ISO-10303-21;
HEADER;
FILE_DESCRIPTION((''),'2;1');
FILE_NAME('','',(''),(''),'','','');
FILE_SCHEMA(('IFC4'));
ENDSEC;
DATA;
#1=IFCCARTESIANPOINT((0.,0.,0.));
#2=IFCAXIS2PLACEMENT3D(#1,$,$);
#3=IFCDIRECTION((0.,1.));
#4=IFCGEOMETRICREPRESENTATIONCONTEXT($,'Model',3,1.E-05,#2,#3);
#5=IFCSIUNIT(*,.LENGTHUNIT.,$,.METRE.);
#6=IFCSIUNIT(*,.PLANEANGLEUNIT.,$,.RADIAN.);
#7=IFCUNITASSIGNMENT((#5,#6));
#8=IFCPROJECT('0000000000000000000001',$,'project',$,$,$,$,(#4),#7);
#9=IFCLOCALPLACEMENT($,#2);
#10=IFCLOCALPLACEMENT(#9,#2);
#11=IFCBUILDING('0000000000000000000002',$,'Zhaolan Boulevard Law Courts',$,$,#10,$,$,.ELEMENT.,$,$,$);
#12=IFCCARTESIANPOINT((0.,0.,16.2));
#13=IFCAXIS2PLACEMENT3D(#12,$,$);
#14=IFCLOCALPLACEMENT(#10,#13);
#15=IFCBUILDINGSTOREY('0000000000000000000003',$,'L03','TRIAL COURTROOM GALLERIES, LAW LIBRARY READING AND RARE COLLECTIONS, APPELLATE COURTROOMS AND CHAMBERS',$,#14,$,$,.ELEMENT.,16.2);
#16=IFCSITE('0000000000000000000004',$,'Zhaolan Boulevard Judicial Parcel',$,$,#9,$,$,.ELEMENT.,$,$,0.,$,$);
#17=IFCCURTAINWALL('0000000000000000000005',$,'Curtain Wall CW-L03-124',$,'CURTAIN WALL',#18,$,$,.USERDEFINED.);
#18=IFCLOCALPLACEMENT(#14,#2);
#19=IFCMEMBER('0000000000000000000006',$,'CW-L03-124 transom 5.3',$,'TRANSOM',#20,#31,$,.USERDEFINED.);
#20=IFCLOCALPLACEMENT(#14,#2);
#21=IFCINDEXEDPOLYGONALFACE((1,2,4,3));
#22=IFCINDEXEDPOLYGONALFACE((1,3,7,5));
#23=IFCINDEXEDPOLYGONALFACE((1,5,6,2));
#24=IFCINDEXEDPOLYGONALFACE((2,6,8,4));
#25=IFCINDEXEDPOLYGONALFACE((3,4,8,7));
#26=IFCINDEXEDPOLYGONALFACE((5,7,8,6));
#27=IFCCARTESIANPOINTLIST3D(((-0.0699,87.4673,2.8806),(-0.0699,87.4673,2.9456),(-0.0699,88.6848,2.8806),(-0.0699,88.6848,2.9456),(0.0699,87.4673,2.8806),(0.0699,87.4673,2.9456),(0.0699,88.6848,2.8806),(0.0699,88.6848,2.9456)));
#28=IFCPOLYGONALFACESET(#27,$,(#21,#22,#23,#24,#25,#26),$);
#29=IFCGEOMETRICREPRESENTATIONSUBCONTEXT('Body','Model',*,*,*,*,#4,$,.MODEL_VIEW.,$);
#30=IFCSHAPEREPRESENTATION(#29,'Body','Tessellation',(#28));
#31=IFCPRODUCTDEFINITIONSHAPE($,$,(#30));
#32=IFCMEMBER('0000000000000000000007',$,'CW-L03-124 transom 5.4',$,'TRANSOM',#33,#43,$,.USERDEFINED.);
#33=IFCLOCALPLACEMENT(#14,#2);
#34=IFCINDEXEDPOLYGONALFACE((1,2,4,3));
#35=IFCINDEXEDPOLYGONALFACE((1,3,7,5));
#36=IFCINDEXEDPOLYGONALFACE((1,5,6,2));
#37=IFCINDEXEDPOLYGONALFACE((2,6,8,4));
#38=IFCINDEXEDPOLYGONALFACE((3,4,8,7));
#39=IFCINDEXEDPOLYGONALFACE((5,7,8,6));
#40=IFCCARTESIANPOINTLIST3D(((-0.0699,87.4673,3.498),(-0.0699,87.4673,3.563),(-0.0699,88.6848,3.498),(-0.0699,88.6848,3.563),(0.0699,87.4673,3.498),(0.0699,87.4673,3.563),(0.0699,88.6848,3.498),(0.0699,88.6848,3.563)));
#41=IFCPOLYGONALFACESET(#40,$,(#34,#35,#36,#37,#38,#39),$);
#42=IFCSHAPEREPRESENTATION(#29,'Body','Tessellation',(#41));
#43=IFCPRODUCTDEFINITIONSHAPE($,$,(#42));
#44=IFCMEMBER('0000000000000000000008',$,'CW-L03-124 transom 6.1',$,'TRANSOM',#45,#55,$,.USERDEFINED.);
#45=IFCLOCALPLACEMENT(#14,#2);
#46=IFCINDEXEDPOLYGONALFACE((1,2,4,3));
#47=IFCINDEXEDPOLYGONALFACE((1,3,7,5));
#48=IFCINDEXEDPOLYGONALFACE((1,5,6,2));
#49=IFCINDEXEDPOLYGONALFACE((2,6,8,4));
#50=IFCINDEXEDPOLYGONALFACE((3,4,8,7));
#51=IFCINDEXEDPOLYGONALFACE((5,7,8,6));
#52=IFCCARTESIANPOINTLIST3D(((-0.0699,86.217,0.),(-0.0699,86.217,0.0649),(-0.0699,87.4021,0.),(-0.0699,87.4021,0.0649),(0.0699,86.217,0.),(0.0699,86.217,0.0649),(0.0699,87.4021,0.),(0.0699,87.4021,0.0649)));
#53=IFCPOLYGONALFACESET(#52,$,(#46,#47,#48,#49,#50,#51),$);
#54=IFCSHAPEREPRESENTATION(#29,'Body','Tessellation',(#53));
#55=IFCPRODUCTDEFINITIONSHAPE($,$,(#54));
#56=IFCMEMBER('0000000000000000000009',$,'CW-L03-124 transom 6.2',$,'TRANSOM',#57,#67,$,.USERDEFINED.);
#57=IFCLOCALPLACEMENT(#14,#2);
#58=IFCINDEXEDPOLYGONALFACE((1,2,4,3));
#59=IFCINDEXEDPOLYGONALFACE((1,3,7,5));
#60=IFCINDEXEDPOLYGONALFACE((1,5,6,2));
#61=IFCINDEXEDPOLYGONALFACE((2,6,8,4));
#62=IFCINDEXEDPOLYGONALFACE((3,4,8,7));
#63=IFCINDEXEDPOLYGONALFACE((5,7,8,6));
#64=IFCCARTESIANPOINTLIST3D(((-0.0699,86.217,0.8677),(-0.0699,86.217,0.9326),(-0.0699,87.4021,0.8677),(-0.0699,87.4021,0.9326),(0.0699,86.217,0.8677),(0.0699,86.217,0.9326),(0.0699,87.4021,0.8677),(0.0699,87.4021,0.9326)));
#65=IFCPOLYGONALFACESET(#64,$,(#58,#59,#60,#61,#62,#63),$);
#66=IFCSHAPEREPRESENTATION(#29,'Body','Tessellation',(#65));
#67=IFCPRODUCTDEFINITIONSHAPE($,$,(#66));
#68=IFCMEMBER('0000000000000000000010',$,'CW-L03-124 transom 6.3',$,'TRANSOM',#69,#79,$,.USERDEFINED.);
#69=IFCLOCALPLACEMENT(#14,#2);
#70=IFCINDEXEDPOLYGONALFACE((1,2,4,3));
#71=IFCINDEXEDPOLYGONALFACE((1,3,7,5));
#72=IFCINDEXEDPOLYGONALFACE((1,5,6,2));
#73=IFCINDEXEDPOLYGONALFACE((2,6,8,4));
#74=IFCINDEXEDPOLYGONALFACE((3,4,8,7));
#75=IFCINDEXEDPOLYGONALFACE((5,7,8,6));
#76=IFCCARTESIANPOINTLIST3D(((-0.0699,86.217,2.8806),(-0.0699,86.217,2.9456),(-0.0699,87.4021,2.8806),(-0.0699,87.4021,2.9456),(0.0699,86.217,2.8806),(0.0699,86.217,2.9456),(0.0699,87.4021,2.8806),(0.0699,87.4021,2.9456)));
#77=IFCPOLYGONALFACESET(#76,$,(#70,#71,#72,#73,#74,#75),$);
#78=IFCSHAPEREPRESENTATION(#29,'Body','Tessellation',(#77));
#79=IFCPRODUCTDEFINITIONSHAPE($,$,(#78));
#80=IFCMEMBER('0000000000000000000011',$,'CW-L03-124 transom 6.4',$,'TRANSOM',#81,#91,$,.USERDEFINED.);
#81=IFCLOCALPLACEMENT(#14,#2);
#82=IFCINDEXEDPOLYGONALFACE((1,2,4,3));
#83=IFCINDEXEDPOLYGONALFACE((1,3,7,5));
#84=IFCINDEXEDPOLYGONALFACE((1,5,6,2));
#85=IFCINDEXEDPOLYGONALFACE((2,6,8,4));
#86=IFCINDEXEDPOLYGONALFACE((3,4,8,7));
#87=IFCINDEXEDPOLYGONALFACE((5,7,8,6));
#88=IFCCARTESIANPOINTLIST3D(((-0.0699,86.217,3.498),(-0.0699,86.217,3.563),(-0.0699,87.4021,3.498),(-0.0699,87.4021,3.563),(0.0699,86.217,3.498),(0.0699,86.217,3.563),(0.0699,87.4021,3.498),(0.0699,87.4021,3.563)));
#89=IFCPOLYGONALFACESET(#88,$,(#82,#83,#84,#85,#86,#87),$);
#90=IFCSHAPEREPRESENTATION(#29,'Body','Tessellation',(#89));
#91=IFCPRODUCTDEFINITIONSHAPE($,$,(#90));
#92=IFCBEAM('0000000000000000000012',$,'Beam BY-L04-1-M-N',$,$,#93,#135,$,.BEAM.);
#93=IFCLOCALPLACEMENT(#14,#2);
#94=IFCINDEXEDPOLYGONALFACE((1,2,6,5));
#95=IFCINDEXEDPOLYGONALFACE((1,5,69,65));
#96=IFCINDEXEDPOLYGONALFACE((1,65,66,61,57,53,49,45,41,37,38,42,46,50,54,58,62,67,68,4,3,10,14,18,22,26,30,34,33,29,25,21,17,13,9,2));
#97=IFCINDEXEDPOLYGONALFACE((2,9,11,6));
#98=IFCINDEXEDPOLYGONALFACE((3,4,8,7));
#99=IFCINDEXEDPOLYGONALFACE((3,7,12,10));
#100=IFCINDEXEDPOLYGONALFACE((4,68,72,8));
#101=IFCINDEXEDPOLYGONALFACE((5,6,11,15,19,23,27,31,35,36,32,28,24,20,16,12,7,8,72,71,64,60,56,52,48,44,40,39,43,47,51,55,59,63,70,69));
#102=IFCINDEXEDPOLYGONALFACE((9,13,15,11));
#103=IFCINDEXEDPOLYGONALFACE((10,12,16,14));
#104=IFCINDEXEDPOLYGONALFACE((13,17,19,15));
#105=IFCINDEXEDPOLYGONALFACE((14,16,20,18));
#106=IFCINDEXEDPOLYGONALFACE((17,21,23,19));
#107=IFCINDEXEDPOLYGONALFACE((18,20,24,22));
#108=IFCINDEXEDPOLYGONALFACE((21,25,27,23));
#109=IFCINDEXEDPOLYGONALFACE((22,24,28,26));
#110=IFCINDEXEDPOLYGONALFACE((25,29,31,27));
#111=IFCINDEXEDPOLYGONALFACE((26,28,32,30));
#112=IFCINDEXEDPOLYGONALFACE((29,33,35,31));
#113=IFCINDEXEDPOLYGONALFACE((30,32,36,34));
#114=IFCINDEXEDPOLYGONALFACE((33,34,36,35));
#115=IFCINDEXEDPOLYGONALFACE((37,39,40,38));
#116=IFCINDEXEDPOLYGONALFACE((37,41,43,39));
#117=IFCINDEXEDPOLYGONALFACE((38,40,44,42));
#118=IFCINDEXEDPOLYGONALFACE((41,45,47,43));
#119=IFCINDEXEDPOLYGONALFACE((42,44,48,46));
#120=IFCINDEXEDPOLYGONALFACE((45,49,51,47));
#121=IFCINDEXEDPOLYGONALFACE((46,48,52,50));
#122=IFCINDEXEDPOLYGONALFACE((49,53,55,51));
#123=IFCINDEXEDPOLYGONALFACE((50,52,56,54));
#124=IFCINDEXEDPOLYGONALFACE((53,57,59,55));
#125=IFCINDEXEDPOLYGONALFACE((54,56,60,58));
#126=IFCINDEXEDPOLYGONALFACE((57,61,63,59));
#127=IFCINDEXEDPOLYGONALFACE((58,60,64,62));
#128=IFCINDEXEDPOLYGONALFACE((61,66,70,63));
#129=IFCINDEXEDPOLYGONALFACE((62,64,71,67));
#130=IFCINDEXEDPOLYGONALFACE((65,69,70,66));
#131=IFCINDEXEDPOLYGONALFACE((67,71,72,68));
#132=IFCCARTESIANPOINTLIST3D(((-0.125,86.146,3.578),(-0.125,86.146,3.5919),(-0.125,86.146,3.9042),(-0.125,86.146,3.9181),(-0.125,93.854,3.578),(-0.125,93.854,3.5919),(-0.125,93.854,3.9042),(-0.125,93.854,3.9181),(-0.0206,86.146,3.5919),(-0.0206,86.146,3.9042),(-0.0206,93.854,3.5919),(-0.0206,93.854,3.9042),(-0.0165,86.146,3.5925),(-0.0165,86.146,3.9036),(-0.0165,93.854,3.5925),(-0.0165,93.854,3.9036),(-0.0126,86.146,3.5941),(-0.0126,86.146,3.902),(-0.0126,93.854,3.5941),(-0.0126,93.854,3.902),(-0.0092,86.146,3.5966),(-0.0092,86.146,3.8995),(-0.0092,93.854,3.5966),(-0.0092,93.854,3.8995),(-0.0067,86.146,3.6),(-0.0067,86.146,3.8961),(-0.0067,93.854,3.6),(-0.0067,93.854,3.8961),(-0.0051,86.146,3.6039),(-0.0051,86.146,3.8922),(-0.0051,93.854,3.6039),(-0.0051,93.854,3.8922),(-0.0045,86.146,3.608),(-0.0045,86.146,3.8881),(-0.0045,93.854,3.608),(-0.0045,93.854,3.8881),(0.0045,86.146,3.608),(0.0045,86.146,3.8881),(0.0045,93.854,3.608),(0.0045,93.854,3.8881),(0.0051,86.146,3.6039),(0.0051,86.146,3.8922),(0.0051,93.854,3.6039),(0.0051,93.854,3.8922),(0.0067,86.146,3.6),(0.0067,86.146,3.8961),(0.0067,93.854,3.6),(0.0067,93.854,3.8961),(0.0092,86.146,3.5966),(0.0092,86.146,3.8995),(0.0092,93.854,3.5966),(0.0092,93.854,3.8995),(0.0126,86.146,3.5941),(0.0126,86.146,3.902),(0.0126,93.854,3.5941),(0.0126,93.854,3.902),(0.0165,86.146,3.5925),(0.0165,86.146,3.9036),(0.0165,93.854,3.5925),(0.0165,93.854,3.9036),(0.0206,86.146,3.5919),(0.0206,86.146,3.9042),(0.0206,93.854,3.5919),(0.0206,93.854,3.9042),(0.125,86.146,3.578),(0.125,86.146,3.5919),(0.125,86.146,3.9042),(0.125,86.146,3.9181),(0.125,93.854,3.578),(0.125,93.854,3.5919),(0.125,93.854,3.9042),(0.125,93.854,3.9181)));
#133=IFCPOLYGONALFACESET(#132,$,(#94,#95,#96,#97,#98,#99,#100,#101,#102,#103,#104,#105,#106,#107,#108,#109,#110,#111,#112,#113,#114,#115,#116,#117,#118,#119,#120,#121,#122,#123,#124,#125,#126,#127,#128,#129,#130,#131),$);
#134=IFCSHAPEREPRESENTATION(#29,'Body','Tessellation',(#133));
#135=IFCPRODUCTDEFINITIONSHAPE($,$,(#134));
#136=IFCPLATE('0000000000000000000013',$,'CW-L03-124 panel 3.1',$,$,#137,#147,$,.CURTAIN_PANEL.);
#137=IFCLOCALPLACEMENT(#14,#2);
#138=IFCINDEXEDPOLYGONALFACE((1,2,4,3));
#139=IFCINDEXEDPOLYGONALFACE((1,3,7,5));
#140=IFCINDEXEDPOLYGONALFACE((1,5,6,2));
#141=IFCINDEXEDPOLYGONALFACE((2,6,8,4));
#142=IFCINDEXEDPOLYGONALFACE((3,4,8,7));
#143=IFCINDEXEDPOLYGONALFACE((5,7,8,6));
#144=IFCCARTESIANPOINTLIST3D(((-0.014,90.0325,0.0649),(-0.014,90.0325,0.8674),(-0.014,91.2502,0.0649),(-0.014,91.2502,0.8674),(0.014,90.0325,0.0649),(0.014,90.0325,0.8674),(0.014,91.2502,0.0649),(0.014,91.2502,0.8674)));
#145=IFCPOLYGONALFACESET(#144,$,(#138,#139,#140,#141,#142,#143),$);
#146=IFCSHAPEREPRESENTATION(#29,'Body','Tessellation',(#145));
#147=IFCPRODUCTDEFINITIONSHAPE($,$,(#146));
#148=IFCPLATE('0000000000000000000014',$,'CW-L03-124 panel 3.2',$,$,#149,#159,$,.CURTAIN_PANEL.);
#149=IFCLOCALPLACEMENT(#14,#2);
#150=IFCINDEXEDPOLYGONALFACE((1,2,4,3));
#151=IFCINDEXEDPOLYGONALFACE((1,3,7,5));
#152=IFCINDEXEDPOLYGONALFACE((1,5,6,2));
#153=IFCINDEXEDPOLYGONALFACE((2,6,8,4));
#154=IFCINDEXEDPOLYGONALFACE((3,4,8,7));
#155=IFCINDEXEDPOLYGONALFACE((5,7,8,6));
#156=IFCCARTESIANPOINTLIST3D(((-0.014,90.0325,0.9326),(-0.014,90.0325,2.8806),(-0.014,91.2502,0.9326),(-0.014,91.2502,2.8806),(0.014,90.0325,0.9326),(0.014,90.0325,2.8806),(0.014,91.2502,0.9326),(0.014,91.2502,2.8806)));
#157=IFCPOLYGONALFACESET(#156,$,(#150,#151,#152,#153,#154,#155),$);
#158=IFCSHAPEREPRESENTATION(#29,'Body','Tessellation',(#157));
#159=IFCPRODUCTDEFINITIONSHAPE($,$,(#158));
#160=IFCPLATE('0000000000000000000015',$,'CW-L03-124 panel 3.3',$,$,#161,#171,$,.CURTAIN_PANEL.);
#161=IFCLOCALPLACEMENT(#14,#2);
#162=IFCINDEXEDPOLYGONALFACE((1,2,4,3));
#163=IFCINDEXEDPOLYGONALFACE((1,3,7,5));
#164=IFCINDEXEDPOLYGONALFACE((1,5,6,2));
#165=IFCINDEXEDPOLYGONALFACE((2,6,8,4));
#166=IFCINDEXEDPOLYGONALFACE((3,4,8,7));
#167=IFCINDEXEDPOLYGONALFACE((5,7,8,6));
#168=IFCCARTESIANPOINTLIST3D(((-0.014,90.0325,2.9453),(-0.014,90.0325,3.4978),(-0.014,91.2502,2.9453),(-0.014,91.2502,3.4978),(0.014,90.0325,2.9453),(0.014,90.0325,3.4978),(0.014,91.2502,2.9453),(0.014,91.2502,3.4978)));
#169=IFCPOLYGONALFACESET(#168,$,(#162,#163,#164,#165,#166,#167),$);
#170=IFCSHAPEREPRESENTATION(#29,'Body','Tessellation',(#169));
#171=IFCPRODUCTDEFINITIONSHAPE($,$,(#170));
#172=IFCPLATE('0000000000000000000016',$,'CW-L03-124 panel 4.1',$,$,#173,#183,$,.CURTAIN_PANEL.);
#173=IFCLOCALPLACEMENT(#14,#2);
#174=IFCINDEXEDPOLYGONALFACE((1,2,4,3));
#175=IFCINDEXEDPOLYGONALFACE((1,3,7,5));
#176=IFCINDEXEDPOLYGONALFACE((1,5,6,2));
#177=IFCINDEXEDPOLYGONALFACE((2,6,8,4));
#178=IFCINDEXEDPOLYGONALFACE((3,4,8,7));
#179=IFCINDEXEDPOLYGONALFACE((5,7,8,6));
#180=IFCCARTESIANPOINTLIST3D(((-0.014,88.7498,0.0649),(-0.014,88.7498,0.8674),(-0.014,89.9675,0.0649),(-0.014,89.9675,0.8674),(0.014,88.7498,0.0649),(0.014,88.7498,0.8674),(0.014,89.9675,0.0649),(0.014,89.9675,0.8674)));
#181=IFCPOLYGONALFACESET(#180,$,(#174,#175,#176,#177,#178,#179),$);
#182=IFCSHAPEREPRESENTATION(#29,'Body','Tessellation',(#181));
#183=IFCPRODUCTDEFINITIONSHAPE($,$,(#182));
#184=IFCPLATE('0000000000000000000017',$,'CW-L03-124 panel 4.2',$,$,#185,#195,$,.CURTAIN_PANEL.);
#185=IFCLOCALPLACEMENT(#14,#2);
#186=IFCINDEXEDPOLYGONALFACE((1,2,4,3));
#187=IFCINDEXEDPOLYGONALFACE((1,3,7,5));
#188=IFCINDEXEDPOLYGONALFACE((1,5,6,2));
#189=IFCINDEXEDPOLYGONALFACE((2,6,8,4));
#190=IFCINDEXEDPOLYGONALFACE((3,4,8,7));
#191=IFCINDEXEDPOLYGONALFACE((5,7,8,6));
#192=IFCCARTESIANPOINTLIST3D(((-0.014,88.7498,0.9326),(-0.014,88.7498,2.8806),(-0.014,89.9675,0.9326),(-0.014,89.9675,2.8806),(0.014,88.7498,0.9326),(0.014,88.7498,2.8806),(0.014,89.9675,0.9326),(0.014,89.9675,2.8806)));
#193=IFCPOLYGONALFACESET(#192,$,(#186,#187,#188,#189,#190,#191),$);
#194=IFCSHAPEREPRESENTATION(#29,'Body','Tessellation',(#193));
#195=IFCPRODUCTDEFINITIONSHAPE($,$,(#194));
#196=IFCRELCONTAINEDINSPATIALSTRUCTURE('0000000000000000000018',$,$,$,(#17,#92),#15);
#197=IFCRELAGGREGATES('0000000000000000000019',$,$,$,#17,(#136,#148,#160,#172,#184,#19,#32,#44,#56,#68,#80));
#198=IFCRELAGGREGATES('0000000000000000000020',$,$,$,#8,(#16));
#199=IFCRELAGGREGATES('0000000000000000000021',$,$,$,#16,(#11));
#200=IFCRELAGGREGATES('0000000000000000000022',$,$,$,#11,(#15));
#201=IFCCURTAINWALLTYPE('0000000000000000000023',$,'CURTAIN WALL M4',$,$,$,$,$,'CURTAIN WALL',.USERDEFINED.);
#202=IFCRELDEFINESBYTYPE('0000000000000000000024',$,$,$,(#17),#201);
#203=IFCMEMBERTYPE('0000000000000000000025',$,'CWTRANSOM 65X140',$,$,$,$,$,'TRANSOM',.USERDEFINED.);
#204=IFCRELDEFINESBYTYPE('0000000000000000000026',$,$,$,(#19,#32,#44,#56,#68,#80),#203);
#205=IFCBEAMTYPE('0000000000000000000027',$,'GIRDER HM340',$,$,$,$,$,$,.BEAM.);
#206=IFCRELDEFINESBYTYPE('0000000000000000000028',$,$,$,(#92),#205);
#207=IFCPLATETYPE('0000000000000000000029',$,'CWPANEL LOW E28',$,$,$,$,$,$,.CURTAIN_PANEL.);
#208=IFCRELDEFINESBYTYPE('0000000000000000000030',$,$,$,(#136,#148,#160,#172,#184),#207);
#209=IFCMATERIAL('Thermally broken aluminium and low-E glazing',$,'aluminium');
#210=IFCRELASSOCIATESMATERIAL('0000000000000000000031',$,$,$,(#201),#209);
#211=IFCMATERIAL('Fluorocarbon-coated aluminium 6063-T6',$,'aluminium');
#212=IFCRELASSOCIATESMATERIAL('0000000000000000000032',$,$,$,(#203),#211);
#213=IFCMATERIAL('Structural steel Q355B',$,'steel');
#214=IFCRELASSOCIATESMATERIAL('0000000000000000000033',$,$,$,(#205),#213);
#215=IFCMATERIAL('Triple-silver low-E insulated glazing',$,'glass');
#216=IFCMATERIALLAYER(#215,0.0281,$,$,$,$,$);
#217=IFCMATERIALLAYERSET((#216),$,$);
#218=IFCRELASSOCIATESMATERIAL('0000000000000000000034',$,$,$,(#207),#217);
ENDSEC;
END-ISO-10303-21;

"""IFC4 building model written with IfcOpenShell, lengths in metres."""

from ifc_helpers import new_model, si_unit, direction, frame, origin, origin_2d, place, context, subcontext, project, spatial, rectangle, i_section, extrude, material, layer, layer_set, material_profile, profile_set, type_object, element, aggregate, save


model = new_model("IFC4")

# Units and contexts
model_context = context("Model", 3, precision=1e-05, world=origin(), true_north=direction((0.0, 1.0)))
body_context = subcontext(model_context, "Body", "Model", "MODEL_VIEW")
ifc_project = project(units=[si_unit("LENGTHUNIT", "METRE"), si_unit("PLANEANGLEUNIT", "RADIAN")], contexts=[model_context])

# Site, building, storey
site_placement = place(None, origin())
site = spatial("IfcSite", under=ifc_project, at=site_placement, Name="Zhaolan Boulevard Judicial Parcel", CompositionType="ELEMENT", RefElevation=0.0)
building_placement = place(site_placement, origin())
building = spatial("IfcBuilding", under=site, at=building_placement, Name="Zhaolan Boulevard Law Courts", CompositionType="ELEMENT")
storey_placement = place(building_placement, frame((0.0, 0.0, 16.2)))
storey = spatial("IfcBuildingStorey", under=building, at=storey_placement, Name="L03", Description="TRIAL COURTROOM GALLERIES, LAW LIBRARY READING AND RARE COLLECTIONS, APPELLATE COURTROOMS AND CHAMBERS", CompositionType="ELEMENT", Elevation=16.2)

# Curtain wall, members
ifc_material_1 = material(Name="Thermally broken aluminium and low-E glazing", Category="aluminium")
curtain_wall_type = type_object("IfcCurtainWallType", Name="CURTAIN WALL M4", ElementType="CURTAIN WALL", PredefinedType="USERDEFINED", material=ifc_material_1)
curtain_wall_placement = place(storey_placement, origin())
curtain_wall = element("IfcCurtainWall", 1, at=curtain_wall_placement, inside=storey, type_object=curtain_wall_type, Name="Curtain Wall CW-L03-124", ObjectType="CURTAIN WALL", PredefinedType="USERDEFINED")
ifc_material_2 = material(Name="Fluorocarbon-coated aluminium 6063-T6", Category="aluminium")
ifc_material_profile_1 = material_profile(ifc_material_2, rectangle(XDim=0.1399, YDim=0.0649, at=origin_2d()), Name="AL65x140")
ifc_profile_set_1 = profile_set([ifc_material_profile_1], Name="Fluorocarbon-coated aluminium 6063-T6")
member_type_1 = type_object("IfcMemberType", Name="CWTRANSOM 65X140", ElementType="TRANSOM", PredefinedType="USERDEFINED", material=ifc_profile_set_1)
member_1_placement = place(storey_placement, frame((0.0, 88.6848, 2.9131), z_axis=(0.0, -1.0, 0.0), x_axis=(1.0, 0.0, 0.0)))
member_1 = element("IfcMember", 2, at=member_1_placement, type_object=member_type_1, Name="CW-L03-124 transom 5.3", ObjectType="TRANSOM", PredefinedType="USERDEFINED", context=body_context, shape_type="SweptSolid", body=[
    extrude(rectangle(XDim=0.1399, YDim=0.0649, at=origin_2d()), origin(), (0.0, 0.0, 1.0), 1.2175),
])
member_2_placement = place(storey_placement, frame((0.0, 88.6848, 3.5305), z_axis=(0.0, -1.0, 0.0), x_axis=(1.0, 0.0, 0.0)))
member_2 = element("IfcMember", 3, at=member_2_placement, type_object=member_type_1, Name="CW-L03-124 transom 5.4", ObjectType="TRANSOM", PredefinedType="USERDEFINED", context=body_context, shape_type="SweptSolid", body=[
    extrude(rectangle(XDim=0.1399, YDim=0.0649, at=origin_2d()), origin(), (0.0, 0.0, 1.0), 1.2175),
])
member_3_placement = place(storey_placement, frame((0.0, 87.4021, 0.0325), z_axis=(0.0, -1.0, 0.0), x_axis=(1.0, 0.0, 0.0)))
member_3 = element("IfcMember", 4, at=member_3_placement, type_object=member_type_1, Name="CW-L03-124 transom 6.1", ObjectType="TRANSOM", PredefinedType="USERDEFINED", context=body_context, shape_type="SweptSolid", body=[
    extrude(rectangle(XDim=0.1399, YDim=0.0649, at=origin_2d()), origin(), (0.0, 0.0, 1.0), 1.1851),
])
member_4_placement = place(storey_placement, frame((0.0, 87.4021, 0.9001), z_axis=(0.0, -1.0, 0.0), x_axis=(1.0, 0.0, 0.0)))
member_4 = element("IfcMember", 5, at=member_4_placement, type_object=member_type_1, Name="CW-L03-124 transom 6.2", ObjectType="TRANSOM", PredefinedType="USERDEFINED", context=body_context, shape_type="SweptSolid", body=[
    extrude(rectangle(XDim=0.1399, YDim=0.0649, at=origin_2d()), origin(), (0.0, 0.0, 1.0), 1.1851),
])
member_5_placement = place(storey_placement, frame((0.0, 87.4021, 2.9131), z_axis=(0.0, -1.0, 0.0), x_axis=(1.0, 0.0, 0.0)))
member_5 = element("IfcMember", 6, at=member_5_placement, type_object=member_type_1, Name="CW-L03-124 transom 6.3", ObjectType="TRANSOM", PredefinedType="USERDEFINED", context=body_context, shape_type="SweptSolid", body=[
    extrude(rectangle(XDim=0.1399, YDim=0.0649, at=origin_2d()), origin(), (0.0, 0.0, 1.0), 1.1851),
])
member_6_placement = place(storey_placement, frame((0.0, 87.4021, 3.5305), z_axis=(0.0, -1.0, 0.0), x_axis=(1.0, 0.0, 0.0)))
member_6 = element("IfcMember", 7, at=member_6_placement, type_object=member_type_1, Name="CW-L03-124 transom 6.4", ObjectType="TRANSOM", PredefinedType="USERDEFINED", context=body_context, shape_type="SweptSolid", body=[
    extrude(rectangle(XDim=0.1399, YDim=0.0649, at=origin_2d()), origin(), (0.0, 0.0, 1.0), 1.1851),
])

# Beam
ifc_material_3 = material(Name="Structural steel Q355B", Category="steel")
ifc_material_profile_2 = material_profile(ifc_material_3, i_section(OverallWidth=0.25, OverallDepth=0.3401, WebThickness=0.009, FlangeThickness=0.0139, FilletRadius=0.0161, at=origin_2d()), Name="HM340x250")
ifc_profile_set_2 = profile_set([ifc_material_profile_2], Name="Structural steel Q355B")
beam_type = type_object("IfcBeamType", Name="GIRDER HM340", PredefinedType="BEAM", material=ifc_profile_set_2)
beam_placement = place(storey_placement, frame((0.0, 86.146, 3.748), z_axis=(0.0, 1.0, 0.0), x_axis=(-1.0, 0.0, 0.0)))
element("IfcBeam", 8, at=beam_placement, inside=storey, type_object=beam_type, Name="Beam BY-L04-1-M-N", PredefinedType="BEAM", context=body_context, shape_type="SweptSolid", body=[
    extrude(i_section(OverallWidth=0.25, OverallDepth=0.3401, WebThickness=0.009, FlangeThickness=0.0139, FilletRadius=0.0161, at=origin_2d()), origin(), (0.0, 0.0, 1.0), 7.708),
])

# Plates
ifc_material_4 = material(Name="Triple-silver low-E insulated glazing", Category="glass")
ifc_layer = layer(ifc_material_4, 0.0281)
ifc_layer_set = layer_set([ifc_layer])
plate_type = type_object("IfcPlateType", Name="CWPANEL LOW E28", PredefinedType="CURTAIN_PANEL", material=ifc_layer_set)
plate_1_placement = place(storey_placement, frame((0.0, 90.6414, 0.0649), z_axis=(0.0, 0.0, 1.0), x_axis=(0.0, -1.0, 0.0)))
plate_1 = element("IfcPlate", 9, at=plate_1_placement, type_object=plate_type, Name="CW-L03-124 panel 3.1", PredefinedType="CURTAIN_PANEL", context=body_context, shape_type="SweptSolid", body=[
    extrude(rectangle(XDim=1.2178, YDim=0.0281, at=origin_2d()), origin(), (0.0, 0.0, 1.0), 0.8025),
])
plate_2_placement = place(storey_placement, frame((0.0, 90.6414, 0.9326), z_axis=(0.0, 0.0, 1.0), x_axis=(0.0, -1.0, 0.0)))
plate_2 = element("IfcPlate", 10, at=plate_2_placement, type_object=plate_type, Name="CW-L03-124 panel 3.2", PredefinedType="CURTAIN_PANEL", context=body_context, shape_type="SweptSolid", body=[
    extrude(rectangle(XDim=1.2178, YDim=0.0281, at=origin_2d()), origin(), (0.0, 0.0, 1.0), 1.948),
])
plate_3_placement = place(storey_placement, frame((0.0, 90.6414, 2.9453), z_axis=(0.0, 0.0, 1.0), x_axis=(0.0, -1.0, 0.0)))
plate_3 = element("IfcPlate", 11, at=plate_3_placement, type_object=plate_type, Name="CW-L03-124 panel 3.3", PredefinedType="CURTAIN_PANEL", context=body_context, shape_type="SweptSolid", body=[
    extrude(rectangle(XDim=1.2178, YDim=0.0281, at=origin_2d()), origin(), (0.0, 0.0, 1.0), 0.5525),
])
plate_4_placement = place(storey_placement, frame((0.0, 89.3586, 0.0649), z_axis=(0.0, 0.0, 1.0), x_axis=(0.0, -1.0, 0.0)))
plate_4 = element("IfcPlate", 12, at=plate_4_placement, type_object=plate_type, Name="CW-L03-124 panel 4.1", PredefinedType="CURTAIN_PANEL", context=body_context, shape_type="SweptSolid", body=[
    extrude(rectangle(XDim=1.2178, YDim=0.0281, at=origin_2d()), origin(), (0.0, 0.0, 1.0), 0.8025),
])
plate_5_placement = place(storey_placement, frame((0.0, 89.3586, 0.9326), z_axis=(0.0, 0.0, 1.0), x_axis=(0.0, -1.0, 0.0)))
plate_5 = element("IfcPlate", 13, at=plate_5_placement, type_object=plate_type, Name="CW-L03-124 panel 4.2", PredefinedType="CURTAIN_PANEL", context=body_context, shape_type="SweptSolid", body=[
    extrude(rectangle(XDim=1.2178, YDim=0.0281, at=origin_2d()), origin(), (0.0, 0.0, 1.0), 1.948),
])
aggregate(curtain_wall, [plate_1, plate_2, plate_3, plate_4, plate_5, member_1, member_2, member_3, member_4, member_5, member_6])

save(model, "model.ifc")
